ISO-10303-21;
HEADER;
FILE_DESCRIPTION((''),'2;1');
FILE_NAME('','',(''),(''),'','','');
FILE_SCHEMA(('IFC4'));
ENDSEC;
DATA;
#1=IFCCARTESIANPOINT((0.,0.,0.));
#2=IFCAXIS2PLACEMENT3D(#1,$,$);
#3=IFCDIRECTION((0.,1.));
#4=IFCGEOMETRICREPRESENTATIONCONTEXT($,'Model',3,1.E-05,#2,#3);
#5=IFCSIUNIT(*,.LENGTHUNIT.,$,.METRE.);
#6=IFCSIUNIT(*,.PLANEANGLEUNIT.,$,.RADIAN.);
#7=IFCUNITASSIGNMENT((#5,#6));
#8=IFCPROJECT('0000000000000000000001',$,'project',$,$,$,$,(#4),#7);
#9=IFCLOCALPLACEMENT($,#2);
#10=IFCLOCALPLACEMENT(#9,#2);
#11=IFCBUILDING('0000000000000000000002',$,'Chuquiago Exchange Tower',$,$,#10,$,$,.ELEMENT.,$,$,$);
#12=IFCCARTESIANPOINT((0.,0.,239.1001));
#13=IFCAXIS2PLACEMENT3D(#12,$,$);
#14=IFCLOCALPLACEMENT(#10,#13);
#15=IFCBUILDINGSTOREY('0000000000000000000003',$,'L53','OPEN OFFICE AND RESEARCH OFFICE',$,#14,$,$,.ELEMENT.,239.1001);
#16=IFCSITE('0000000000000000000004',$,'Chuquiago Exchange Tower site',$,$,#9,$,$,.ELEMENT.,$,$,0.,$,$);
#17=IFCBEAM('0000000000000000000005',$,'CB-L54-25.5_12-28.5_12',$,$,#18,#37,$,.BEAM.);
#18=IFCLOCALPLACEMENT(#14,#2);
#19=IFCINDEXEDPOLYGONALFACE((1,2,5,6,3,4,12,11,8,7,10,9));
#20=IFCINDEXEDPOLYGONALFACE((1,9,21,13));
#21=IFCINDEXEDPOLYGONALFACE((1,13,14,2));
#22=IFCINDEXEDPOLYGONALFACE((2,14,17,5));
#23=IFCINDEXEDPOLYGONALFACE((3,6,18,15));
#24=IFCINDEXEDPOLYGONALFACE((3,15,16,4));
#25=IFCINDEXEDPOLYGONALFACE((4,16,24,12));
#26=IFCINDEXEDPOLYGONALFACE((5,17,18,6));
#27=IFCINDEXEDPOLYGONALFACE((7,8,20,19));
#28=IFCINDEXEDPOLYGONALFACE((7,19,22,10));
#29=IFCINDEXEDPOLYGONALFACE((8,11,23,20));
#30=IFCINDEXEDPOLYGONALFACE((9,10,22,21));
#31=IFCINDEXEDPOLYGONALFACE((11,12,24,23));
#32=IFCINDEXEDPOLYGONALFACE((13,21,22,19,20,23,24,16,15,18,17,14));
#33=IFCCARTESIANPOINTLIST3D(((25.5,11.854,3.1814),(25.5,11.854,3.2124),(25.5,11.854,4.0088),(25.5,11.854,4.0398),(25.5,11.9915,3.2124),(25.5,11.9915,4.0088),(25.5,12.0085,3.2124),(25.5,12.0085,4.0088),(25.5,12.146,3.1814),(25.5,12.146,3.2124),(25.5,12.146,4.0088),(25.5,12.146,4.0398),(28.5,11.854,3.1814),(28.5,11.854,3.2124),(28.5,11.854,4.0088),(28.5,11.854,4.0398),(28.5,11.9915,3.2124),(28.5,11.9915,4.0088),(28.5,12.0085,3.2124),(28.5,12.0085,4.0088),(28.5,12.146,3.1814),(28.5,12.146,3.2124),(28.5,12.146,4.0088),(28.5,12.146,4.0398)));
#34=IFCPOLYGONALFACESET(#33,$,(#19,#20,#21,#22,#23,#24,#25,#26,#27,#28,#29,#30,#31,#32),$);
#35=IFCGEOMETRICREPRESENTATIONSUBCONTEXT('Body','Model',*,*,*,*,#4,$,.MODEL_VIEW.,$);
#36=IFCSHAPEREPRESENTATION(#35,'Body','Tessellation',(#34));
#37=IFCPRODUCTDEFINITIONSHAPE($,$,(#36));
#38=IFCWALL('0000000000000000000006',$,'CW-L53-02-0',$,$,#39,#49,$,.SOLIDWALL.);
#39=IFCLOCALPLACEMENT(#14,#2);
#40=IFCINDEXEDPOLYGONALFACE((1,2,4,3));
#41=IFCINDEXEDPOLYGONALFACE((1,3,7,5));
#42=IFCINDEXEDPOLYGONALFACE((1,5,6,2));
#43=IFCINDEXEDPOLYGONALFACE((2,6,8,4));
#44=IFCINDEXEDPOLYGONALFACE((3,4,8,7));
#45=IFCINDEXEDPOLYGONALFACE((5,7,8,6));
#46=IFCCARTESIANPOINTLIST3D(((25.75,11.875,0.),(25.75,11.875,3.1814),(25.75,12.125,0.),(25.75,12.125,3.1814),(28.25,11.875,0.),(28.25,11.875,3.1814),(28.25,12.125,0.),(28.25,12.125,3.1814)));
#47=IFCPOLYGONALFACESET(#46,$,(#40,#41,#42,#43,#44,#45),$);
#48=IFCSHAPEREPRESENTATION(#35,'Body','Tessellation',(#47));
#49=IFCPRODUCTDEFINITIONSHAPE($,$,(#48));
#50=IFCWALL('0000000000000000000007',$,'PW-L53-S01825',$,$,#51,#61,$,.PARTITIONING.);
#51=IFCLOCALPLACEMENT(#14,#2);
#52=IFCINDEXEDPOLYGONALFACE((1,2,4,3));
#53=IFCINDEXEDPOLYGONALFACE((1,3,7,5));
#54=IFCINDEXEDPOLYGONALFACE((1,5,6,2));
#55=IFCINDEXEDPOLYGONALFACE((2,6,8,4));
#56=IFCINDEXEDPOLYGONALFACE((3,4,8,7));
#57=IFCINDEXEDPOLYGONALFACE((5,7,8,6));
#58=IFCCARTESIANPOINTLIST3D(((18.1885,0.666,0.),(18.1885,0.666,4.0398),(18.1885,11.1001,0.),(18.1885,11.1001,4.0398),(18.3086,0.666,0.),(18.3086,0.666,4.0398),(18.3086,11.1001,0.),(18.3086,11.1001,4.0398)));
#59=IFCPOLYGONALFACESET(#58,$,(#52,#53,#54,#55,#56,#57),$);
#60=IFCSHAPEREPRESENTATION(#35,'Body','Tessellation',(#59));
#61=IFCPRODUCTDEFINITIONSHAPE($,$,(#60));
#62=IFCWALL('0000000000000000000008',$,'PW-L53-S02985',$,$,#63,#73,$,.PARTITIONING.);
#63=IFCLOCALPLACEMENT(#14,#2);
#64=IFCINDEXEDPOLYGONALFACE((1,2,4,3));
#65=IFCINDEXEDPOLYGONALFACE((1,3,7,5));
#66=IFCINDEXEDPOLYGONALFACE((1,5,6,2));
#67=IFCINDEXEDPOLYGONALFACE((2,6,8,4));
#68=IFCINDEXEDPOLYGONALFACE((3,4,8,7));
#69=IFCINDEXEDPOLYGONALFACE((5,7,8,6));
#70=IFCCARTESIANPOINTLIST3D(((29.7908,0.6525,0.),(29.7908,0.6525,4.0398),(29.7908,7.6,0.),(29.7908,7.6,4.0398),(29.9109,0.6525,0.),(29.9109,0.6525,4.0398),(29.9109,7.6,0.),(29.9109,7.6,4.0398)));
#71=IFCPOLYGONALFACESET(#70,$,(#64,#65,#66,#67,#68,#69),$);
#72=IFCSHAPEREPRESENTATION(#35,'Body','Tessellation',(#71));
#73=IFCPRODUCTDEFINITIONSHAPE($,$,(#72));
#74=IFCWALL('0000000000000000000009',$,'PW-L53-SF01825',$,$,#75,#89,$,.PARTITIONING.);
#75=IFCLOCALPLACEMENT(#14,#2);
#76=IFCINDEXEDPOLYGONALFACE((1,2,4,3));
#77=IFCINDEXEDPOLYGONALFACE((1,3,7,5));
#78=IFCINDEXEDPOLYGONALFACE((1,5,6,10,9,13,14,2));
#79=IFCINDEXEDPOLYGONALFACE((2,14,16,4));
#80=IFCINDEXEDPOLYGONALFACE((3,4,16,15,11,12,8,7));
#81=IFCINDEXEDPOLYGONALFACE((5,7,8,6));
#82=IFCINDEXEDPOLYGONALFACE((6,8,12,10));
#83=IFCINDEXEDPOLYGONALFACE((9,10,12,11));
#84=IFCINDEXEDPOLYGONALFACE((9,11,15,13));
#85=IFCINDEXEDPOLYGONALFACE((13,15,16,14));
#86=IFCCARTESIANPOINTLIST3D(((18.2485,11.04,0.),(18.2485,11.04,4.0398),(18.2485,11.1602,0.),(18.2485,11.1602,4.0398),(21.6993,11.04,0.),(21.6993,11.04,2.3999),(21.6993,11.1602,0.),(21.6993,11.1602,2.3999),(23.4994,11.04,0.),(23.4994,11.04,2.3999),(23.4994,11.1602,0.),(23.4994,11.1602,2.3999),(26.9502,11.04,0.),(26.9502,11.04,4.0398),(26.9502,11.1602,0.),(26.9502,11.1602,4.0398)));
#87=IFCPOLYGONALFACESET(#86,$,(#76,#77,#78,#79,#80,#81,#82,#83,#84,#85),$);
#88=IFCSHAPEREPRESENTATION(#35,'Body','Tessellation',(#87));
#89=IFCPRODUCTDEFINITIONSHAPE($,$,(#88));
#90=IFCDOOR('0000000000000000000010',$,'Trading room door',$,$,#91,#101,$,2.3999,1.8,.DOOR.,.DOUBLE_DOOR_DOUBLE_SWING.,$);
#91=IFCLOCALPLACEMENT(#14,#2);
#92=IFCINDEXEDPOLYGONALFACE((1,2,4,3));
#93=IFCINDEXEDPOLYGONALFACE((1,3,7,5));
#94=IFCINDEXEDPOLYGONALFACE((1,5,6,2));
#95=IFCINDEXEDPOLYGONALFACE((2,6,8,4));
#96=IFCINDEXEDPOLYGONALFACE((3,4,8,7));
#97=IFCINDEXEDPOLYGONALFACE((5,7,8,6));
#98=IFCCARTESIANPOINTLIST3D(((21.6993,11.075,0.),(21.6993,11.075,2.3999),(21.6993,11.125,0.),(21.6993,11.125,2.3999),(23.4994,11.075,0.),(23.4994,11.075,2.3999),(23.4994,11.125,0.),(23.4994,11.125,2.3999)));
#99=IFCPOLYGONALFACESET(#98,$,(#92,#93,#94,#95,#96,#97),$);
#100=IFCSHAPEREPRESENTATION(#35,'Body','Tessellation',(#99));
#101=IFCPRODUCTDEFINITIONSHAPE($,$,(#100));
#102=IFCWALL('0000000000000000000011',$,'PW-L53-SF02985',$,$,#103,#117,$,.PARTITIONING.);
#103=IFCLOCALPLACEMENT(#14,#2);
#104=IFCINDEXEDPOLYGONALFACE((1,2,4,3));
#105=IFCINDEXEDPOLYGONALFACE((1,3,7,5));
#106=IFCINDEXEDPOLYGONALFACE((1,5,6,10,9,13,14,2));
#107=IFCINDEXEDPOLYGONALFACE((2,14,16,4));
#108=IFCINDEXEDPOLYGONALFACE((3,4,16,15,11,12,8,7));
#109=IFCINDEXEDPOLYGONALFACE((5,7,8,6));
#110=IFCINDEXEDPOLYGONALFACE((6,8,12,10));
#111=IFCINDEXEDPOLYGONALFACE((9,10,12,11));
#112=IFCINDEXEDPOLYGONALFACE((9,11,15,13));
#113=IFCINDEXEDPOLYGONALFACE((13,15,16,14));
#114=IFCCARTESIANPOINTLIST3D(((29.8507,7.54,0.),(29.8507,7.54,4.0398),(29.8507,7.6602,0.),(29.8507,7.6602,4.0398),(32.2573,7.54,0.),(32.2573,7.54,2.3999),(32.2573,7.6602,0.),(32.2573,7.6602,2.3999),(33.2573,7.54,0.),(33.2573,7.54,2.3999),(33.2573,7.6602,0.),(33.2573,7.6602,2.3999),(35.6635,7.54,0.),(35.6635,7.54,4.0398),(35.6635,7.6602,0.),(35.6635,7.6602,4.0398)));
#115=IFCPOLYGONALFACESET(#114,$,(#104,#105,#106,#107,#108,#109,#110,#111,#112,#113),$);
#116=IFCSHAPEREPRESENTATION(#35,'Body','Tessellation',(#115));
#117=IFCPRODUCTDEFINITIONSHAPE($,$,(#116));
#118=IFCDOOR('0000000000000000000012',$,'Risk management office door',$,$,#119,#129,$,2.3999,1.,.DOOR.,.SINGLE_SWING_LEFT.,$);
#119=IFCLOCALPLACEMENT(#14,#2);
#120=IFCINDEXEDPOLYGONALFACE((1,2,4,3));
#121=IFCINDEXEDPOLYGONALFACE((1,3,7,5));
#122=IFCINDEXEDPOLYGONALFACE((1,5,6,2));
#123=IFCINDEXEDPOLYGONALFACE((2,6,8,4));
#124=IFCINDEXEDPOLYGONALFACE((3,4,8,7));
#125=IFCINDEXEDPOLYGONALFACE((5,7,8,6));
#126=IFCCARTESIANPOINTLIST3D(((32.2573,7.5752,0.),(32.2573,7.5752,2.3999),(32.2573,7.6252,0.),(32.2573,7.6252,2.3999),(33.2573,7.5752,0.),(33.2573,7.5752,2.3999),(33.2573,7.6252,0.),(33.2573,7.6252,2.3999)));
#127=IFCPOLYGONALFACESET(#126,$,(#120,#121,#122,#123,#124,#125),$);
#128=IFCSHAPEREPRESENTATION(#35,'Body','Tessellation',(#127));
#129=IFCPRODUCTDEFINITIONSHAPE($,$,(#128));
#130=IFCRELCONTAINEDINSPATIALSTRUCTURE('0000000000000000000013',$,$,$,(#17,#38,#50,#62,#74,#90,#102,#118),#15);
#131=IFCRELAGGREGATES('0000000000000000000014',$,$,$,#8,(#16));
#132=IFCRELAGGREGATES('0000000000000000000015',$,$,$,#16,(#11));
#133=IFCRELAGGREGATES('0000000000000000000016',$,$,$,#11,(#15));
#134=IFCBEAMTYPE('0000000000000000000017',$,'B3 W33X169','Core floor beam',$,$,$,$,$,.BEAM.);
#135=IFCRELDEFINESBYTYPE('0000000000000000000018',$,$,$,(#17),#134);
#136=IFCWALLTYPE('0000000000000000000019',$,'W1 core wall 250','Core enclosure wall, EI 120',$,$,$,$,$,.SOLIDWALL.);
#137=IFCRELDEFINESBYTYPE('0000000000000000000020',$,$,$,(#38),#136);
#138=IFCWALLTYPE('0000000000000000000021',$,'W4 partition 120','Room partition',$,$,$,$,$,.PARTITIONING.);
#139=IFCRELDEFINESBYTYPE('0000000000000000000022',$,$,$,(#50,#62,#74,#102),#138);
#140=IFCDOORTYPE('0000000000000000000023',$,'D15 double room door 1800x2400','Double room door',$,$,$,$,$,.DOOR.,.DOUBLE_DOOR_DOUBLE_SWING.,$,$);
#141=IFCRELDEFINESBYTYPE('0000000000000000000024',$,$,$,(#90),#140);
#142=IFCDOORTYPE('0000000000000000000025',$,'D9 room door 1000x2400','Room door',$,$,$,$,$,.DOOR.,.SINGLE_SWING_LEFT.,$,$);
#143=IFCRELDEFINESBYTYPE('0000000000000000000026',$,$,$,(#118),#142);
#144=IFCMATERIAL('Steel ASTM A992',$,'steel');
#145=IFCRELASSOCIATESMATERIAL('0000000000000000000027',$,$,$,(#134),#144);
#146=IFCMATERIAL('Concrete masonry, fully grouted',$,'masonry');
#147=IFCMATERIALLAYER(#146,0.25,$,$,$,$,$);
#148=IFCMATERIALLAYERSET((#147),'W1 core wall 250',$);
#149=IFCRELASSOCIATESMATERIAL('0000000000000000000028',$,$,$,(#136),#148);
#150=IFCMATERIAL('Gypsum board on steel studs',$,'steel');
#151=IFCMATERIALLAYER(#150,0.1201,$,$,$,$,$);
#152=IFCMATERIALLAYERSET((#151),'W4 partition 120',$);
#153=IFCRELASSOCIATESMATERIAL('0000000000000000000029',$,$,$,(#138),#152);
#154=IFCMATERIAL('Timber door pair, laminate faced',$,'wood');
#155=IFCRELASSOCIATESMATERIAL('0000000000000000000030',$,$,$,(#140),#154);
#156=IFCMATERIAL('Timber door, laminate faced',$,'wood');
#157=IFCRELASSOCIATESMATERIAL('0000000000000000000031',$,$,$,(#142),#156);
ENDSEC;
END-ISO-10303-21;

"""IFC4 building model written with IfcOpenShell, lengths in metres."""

from ifc_helpers import new_model, si_unit, direction, frame, frame_2d, origin, origin_2d, place, context, subcontext, project, spatial, rectangle, i_section, extrude, material, layer, layer_set, material_profile, profile_set, type_object, element, fill, save


model = new_model("IFC4")

# Units and contexts
model_context = context("Model", 3, precision=1e-05, world=origin(), true_north=direction((0.0, 1.0)))
body_context = subcontext(model_context, "Body", "Model", "MODEL_VIEW")
ifc_project = project(units=[si_unit("LENGTHUNIT", "METRE"), si_unit("PLANEANGLEUNIT", "RADIAN")], contexts=[model_context])

# Site, building, storey
site_placement = place(None, origin())
site = spatial("IfcSite", under=ifc_project, at=site_placement, Name="Chuquiago Exchange Tower site", CompositionType="ELEMENT", RefElevation=0.0)
building_placement = place(site_placement, origin())
building = spatial("IfcBuilding", under=site, at=building_placement, Name="Chuquiago Exchange Tower", CompositionType="ELEMENT")
storey_placement = place(building_placement, frame((0.0, 0.0, 239.1001)))
storey = spatial("IfcBuildingStorey", under=building, at=storey_placement, Name="L53", Description="OPEN OFFICE AND RESEARCH OFFICE", CompositionType="ELEMENT", Elevation=239.1001)

# Beam
ifc_material_1 = material(Name="Steel ASTM A992", Category="steel")
ifc_material_profile_1 = material_profile(ifc_material_1, i_section(OverallWidth=0.292, OverallDepth=0.8584, WebThickness=0.0171, FlangeThickness=0.031, at=origin_2d()), Name="W33X169")
ifc_profile_set_1 = profile_set([ifc_material_profile_1], Name="Steel ASTM A992")
beam_type_1 = type_object("IfcBeamType", Name="B3 W33X169", Description="Core floor beam", PredefinedType="BEAM", material=ifc_profile_set_1)
beam_1_placement = place(storey_placement, frame((25.5, 12.0, 3.6106), z_axis=(1.0, 0.0, 0.0), x_axis=(0.0, 1.0, 0.0)))
element("IfcBeam", 1, at=beam_1_placement, inside=storey, type_object=beam_type_1, Name="CB-L54-25.5_12-28.5_12", PredefinedType="BEAM", context=body_context, shape_type="SweptSolid", body=[
    extrude(i_section(OverallWidth=0.292, OverallDepth=0.8584, WebThickness=0.0171, FlangeThickness=0.031, at=origin_2d()), origin(), (0.0, 0.0, 1.0), 3.0),
])

# Walls
ifc_material_2 = material(Name="Concrete masonry, fully grouted", Category="masonry")
ifc_layer_1 = layer(ifc_material_2, 0.25)
ifc_layer_set_1 = layer_set([ifc_layer_1], Name="W1 core wall 250")
wall_type_1 = type_object("IfcWallType", Name="W1 core wall 250", Description="Core enclosure wall, EI 120", PredefinedType="SOLIDWALL", material=ifc_layer_set_1)
wall_1_placement = place(storey_placement, frame((25.75, 12.0, 0.0), z_axis=(0.0, 0.0, 1.0), x_axis=(1.0, 0.0, 0.0)))
element("IfcWall", 2, at=wall_1_placement, inside=storey, type_object=wall_type_1, Name="CW-L53-02-0", PredefinedType="SOLIDWALL", context=body_context, shape_type="SweptSolid", body=[
    extrude(rectangle(XDim=2.5, YDim=0.25, at=frame_2d((1.25, 0.0))), origin(), (0.0, 0.0, 1.0), 3.1814),
])
ifc_material_3 = material(Name="Gypsum board on steel studs", Category="steel")
ifc_layer_2 = layer(ifc_material_3, 0.1201)
ifc_layer_set_2 = layer_set([ifc_layer_2], Name="W4 partition 120")
wall_type_2 = type_object("IfcWallType", Name="W4 partition 120", Description="Room partition", PredefinedType="PARTITIONING", material=ifc_layer_set_2)
wall_2_placement = place(storey_placement, frame((18.2485, 0.666, 0.0), z_axis=(0.0, 0.0, 1.0), x_axis=(0.0, 1.0, 0.0)))
element("IfcWall", 3, at=wall_2_placement, inside=storey, type_object=wall_type_2, Name="PW-L53-S01825", PredefinedType="PARTITIONING", context=body_context, shape_type="SweptSolid", body=[
    extrude(rectangle(XDim=10.4341, YDim=0.1201, at=frame_2d((5.217, 0.0))), origin(), (0.0, 0.0, 1.0), 4.0398),
])
wall_3_placement = place(storey_placement, frame((29.8508, 0.6526, 0.0), z_axis=(0.0, 0.0, 1.0), x_axis=(0.0, 1.0, 0.0)))
element("IfcWall", 4, at=wall_3_placement, inside=storey, type_object=wall_type_2, Name="PW-L53-S02985", PredefinedType="PARTITIONING", context=body_context, shape_type="SweptSolid", body=[
    extrude(rectangle(XDim=6.9475, YDim=0.1201, at=frame_2d((3.4736, 0.0))), origin(), (0.0, 0.0, 1.0), 4.0398),
])

# Walls, openings, doors
wall_4_placement = place(storey_placement, frame((18.2485, 11.1001, 0.0), z_axis=(0.0, 0.0, 1.0), x_axis=(1.0, 0.0, 0.0)))
wall_4 = element("IfcWall", 5, at=wall_4_placement, inside=storey, type_object=wall_type_2, Name="PW-L53-SF01825", PredefinedType="PARTITIONING", context=body_context, shape_type="SweptSolid", body=[
    extrude(rectangle(XDim=8.7017, YDim=0.1201, at=frame_2d((4.3508, 0.0))), origin(), (0.0, 0.0, 1.0), 4.0398),
])
opening_1_placement = place(wall_4_placement, frame((3.4509, 0.0, 0.0)))
opening_1 = element("IfcOpeningElement", 6, at=opening_1_placement, cuts=wall_4, PredefinedType="OPENING", context=body_context, shape_type="SweptSolid", body=[
    extrude(rectangle(XDim=1.8, YDim=2.3999, at=frame_2d((0.8999, 1.2))), frame((0.0, 0.0701, 0.0), z_axis=(0.0, -1.0, 0.0), x_axis=(1.0, 0.0, 0.0)), (0.0, 0.0, 1.0), 0.1401),
])
ifc_material_4 = material(Name="Timber door pair, laminate faced", Category="wood")
door_type_1 = type_object("IfcDoorType", Name="D15 double room door 1800x2400", Description="Double room door", OperationType="DOUBLE_DOOR_DOUBLE_SWING", PredefinedType="DOOR", material=ifc_material_4)
door_1_placement = place(opening_1_placement, origin())
door_1 = element("IfcDoor", 7, at=door_1_placement, inside=storey, type_object=door_type_1, Name="Trading room door", OperationType="DOUBLE_DOOR_DOUBLE_SWING", OverallHeight=2.3999, OverallWidth=1.8, PredefinedType="DOOR", context=body_context, shape_type="SweptSolid", body=[
    extrude(rectangle(XDim=1.8, YDim=2.3999, at=frame_2d((0.8999, 1.2))), frame((0.0, 0.0249, 0.0), z_axis=(0.0, -1.0, 0.0), x_axis=(1.0, 0.0, 0.0)), (0.0, 0.0, 1.0), 0.05),
])
fill(opening_1, door_1)
wall_5_placement = place(storey_placement, frame((29.8508, 7.6001, 0.0), z_axis=(0.0, 0.0, 1.0), x_axis=(1.0, 0.0, 0.0)))
wall_5 = element("IfcWall", 8, at=wall_5_placement, inside=storey, type_object=wall_type_2, Name="PW-L53-SF02985", PredefinedType="PARTITIONING", context=body_context, shape_type="SweptSolid", body=[
    extrude(rectangle(XDim=5.8127, YDim=0.1201, at=frame_2d((2.9062, 0.0))), origin(), (0.0, 0.0, 1.0), 4.0398),
])
opening_2_placement = place(wall_5_placement, frame((2.4065, 0.0, 0.0)))
opening_2 = element("IfcOpeningElement", 9, at=opening_2_placement, cuts=wall_5, PredefinedType="OPENING", context=body_context, shape_type="SweptSolid", body=[
    extrude(rectangle(XDim=1.0, YDim=2.3999, at=frame_2d((0.5, 1.2))), frame((0.0, 0.0701, 0.0), z_axis=(0.0, -1.0, 0.0), x_axis=(1.0, 0.0, 0.0)), (0.0, 0.0, 1.0), 0.1401),
])
ifc_material_5 = material(Name="Timber door, laminate faced", Category="wood")
door_type_2 = type_object("IfcDoorType", Name="D9 room door 1000x2400", Description="Room door", OperationType="SINGLE_SWING_LEFT", PredefinedType="DOOR", material=ifc_material_5)
door_2_placement = place(opening_2_placement, frame((1.0, 0.0, 0.0), z_axis=(0.0, 0.0, 1.0), x_axis=(-1.0, 0.0, 0.0)))
door_2 = element("IfcDoor", 10, at=door_2_placement, inside=storey, type_object=door_type_2, Name="Risk management office door", OperationType="SINGLE_SWING_LEFT", OverallHeight=2.3999, OverallWidth=1.0, PredefinedType="DOOR", context=body_context, shape_type="SweptSolid", body=[
    extrude(rectangle(XDim=1.0, YDim=2.3999, at=frame_2d((0.5, 1.2))), frame((0.0, 0.0249, 0.0), z_axis=(0.0, -1.0, 0.0), x_axis=(1.0, 0.0, 0.0)), (0.0, 0.0, 1.0), 0.05),
])
fill(opening_2, door_2)

save(model, "model.ifc")
